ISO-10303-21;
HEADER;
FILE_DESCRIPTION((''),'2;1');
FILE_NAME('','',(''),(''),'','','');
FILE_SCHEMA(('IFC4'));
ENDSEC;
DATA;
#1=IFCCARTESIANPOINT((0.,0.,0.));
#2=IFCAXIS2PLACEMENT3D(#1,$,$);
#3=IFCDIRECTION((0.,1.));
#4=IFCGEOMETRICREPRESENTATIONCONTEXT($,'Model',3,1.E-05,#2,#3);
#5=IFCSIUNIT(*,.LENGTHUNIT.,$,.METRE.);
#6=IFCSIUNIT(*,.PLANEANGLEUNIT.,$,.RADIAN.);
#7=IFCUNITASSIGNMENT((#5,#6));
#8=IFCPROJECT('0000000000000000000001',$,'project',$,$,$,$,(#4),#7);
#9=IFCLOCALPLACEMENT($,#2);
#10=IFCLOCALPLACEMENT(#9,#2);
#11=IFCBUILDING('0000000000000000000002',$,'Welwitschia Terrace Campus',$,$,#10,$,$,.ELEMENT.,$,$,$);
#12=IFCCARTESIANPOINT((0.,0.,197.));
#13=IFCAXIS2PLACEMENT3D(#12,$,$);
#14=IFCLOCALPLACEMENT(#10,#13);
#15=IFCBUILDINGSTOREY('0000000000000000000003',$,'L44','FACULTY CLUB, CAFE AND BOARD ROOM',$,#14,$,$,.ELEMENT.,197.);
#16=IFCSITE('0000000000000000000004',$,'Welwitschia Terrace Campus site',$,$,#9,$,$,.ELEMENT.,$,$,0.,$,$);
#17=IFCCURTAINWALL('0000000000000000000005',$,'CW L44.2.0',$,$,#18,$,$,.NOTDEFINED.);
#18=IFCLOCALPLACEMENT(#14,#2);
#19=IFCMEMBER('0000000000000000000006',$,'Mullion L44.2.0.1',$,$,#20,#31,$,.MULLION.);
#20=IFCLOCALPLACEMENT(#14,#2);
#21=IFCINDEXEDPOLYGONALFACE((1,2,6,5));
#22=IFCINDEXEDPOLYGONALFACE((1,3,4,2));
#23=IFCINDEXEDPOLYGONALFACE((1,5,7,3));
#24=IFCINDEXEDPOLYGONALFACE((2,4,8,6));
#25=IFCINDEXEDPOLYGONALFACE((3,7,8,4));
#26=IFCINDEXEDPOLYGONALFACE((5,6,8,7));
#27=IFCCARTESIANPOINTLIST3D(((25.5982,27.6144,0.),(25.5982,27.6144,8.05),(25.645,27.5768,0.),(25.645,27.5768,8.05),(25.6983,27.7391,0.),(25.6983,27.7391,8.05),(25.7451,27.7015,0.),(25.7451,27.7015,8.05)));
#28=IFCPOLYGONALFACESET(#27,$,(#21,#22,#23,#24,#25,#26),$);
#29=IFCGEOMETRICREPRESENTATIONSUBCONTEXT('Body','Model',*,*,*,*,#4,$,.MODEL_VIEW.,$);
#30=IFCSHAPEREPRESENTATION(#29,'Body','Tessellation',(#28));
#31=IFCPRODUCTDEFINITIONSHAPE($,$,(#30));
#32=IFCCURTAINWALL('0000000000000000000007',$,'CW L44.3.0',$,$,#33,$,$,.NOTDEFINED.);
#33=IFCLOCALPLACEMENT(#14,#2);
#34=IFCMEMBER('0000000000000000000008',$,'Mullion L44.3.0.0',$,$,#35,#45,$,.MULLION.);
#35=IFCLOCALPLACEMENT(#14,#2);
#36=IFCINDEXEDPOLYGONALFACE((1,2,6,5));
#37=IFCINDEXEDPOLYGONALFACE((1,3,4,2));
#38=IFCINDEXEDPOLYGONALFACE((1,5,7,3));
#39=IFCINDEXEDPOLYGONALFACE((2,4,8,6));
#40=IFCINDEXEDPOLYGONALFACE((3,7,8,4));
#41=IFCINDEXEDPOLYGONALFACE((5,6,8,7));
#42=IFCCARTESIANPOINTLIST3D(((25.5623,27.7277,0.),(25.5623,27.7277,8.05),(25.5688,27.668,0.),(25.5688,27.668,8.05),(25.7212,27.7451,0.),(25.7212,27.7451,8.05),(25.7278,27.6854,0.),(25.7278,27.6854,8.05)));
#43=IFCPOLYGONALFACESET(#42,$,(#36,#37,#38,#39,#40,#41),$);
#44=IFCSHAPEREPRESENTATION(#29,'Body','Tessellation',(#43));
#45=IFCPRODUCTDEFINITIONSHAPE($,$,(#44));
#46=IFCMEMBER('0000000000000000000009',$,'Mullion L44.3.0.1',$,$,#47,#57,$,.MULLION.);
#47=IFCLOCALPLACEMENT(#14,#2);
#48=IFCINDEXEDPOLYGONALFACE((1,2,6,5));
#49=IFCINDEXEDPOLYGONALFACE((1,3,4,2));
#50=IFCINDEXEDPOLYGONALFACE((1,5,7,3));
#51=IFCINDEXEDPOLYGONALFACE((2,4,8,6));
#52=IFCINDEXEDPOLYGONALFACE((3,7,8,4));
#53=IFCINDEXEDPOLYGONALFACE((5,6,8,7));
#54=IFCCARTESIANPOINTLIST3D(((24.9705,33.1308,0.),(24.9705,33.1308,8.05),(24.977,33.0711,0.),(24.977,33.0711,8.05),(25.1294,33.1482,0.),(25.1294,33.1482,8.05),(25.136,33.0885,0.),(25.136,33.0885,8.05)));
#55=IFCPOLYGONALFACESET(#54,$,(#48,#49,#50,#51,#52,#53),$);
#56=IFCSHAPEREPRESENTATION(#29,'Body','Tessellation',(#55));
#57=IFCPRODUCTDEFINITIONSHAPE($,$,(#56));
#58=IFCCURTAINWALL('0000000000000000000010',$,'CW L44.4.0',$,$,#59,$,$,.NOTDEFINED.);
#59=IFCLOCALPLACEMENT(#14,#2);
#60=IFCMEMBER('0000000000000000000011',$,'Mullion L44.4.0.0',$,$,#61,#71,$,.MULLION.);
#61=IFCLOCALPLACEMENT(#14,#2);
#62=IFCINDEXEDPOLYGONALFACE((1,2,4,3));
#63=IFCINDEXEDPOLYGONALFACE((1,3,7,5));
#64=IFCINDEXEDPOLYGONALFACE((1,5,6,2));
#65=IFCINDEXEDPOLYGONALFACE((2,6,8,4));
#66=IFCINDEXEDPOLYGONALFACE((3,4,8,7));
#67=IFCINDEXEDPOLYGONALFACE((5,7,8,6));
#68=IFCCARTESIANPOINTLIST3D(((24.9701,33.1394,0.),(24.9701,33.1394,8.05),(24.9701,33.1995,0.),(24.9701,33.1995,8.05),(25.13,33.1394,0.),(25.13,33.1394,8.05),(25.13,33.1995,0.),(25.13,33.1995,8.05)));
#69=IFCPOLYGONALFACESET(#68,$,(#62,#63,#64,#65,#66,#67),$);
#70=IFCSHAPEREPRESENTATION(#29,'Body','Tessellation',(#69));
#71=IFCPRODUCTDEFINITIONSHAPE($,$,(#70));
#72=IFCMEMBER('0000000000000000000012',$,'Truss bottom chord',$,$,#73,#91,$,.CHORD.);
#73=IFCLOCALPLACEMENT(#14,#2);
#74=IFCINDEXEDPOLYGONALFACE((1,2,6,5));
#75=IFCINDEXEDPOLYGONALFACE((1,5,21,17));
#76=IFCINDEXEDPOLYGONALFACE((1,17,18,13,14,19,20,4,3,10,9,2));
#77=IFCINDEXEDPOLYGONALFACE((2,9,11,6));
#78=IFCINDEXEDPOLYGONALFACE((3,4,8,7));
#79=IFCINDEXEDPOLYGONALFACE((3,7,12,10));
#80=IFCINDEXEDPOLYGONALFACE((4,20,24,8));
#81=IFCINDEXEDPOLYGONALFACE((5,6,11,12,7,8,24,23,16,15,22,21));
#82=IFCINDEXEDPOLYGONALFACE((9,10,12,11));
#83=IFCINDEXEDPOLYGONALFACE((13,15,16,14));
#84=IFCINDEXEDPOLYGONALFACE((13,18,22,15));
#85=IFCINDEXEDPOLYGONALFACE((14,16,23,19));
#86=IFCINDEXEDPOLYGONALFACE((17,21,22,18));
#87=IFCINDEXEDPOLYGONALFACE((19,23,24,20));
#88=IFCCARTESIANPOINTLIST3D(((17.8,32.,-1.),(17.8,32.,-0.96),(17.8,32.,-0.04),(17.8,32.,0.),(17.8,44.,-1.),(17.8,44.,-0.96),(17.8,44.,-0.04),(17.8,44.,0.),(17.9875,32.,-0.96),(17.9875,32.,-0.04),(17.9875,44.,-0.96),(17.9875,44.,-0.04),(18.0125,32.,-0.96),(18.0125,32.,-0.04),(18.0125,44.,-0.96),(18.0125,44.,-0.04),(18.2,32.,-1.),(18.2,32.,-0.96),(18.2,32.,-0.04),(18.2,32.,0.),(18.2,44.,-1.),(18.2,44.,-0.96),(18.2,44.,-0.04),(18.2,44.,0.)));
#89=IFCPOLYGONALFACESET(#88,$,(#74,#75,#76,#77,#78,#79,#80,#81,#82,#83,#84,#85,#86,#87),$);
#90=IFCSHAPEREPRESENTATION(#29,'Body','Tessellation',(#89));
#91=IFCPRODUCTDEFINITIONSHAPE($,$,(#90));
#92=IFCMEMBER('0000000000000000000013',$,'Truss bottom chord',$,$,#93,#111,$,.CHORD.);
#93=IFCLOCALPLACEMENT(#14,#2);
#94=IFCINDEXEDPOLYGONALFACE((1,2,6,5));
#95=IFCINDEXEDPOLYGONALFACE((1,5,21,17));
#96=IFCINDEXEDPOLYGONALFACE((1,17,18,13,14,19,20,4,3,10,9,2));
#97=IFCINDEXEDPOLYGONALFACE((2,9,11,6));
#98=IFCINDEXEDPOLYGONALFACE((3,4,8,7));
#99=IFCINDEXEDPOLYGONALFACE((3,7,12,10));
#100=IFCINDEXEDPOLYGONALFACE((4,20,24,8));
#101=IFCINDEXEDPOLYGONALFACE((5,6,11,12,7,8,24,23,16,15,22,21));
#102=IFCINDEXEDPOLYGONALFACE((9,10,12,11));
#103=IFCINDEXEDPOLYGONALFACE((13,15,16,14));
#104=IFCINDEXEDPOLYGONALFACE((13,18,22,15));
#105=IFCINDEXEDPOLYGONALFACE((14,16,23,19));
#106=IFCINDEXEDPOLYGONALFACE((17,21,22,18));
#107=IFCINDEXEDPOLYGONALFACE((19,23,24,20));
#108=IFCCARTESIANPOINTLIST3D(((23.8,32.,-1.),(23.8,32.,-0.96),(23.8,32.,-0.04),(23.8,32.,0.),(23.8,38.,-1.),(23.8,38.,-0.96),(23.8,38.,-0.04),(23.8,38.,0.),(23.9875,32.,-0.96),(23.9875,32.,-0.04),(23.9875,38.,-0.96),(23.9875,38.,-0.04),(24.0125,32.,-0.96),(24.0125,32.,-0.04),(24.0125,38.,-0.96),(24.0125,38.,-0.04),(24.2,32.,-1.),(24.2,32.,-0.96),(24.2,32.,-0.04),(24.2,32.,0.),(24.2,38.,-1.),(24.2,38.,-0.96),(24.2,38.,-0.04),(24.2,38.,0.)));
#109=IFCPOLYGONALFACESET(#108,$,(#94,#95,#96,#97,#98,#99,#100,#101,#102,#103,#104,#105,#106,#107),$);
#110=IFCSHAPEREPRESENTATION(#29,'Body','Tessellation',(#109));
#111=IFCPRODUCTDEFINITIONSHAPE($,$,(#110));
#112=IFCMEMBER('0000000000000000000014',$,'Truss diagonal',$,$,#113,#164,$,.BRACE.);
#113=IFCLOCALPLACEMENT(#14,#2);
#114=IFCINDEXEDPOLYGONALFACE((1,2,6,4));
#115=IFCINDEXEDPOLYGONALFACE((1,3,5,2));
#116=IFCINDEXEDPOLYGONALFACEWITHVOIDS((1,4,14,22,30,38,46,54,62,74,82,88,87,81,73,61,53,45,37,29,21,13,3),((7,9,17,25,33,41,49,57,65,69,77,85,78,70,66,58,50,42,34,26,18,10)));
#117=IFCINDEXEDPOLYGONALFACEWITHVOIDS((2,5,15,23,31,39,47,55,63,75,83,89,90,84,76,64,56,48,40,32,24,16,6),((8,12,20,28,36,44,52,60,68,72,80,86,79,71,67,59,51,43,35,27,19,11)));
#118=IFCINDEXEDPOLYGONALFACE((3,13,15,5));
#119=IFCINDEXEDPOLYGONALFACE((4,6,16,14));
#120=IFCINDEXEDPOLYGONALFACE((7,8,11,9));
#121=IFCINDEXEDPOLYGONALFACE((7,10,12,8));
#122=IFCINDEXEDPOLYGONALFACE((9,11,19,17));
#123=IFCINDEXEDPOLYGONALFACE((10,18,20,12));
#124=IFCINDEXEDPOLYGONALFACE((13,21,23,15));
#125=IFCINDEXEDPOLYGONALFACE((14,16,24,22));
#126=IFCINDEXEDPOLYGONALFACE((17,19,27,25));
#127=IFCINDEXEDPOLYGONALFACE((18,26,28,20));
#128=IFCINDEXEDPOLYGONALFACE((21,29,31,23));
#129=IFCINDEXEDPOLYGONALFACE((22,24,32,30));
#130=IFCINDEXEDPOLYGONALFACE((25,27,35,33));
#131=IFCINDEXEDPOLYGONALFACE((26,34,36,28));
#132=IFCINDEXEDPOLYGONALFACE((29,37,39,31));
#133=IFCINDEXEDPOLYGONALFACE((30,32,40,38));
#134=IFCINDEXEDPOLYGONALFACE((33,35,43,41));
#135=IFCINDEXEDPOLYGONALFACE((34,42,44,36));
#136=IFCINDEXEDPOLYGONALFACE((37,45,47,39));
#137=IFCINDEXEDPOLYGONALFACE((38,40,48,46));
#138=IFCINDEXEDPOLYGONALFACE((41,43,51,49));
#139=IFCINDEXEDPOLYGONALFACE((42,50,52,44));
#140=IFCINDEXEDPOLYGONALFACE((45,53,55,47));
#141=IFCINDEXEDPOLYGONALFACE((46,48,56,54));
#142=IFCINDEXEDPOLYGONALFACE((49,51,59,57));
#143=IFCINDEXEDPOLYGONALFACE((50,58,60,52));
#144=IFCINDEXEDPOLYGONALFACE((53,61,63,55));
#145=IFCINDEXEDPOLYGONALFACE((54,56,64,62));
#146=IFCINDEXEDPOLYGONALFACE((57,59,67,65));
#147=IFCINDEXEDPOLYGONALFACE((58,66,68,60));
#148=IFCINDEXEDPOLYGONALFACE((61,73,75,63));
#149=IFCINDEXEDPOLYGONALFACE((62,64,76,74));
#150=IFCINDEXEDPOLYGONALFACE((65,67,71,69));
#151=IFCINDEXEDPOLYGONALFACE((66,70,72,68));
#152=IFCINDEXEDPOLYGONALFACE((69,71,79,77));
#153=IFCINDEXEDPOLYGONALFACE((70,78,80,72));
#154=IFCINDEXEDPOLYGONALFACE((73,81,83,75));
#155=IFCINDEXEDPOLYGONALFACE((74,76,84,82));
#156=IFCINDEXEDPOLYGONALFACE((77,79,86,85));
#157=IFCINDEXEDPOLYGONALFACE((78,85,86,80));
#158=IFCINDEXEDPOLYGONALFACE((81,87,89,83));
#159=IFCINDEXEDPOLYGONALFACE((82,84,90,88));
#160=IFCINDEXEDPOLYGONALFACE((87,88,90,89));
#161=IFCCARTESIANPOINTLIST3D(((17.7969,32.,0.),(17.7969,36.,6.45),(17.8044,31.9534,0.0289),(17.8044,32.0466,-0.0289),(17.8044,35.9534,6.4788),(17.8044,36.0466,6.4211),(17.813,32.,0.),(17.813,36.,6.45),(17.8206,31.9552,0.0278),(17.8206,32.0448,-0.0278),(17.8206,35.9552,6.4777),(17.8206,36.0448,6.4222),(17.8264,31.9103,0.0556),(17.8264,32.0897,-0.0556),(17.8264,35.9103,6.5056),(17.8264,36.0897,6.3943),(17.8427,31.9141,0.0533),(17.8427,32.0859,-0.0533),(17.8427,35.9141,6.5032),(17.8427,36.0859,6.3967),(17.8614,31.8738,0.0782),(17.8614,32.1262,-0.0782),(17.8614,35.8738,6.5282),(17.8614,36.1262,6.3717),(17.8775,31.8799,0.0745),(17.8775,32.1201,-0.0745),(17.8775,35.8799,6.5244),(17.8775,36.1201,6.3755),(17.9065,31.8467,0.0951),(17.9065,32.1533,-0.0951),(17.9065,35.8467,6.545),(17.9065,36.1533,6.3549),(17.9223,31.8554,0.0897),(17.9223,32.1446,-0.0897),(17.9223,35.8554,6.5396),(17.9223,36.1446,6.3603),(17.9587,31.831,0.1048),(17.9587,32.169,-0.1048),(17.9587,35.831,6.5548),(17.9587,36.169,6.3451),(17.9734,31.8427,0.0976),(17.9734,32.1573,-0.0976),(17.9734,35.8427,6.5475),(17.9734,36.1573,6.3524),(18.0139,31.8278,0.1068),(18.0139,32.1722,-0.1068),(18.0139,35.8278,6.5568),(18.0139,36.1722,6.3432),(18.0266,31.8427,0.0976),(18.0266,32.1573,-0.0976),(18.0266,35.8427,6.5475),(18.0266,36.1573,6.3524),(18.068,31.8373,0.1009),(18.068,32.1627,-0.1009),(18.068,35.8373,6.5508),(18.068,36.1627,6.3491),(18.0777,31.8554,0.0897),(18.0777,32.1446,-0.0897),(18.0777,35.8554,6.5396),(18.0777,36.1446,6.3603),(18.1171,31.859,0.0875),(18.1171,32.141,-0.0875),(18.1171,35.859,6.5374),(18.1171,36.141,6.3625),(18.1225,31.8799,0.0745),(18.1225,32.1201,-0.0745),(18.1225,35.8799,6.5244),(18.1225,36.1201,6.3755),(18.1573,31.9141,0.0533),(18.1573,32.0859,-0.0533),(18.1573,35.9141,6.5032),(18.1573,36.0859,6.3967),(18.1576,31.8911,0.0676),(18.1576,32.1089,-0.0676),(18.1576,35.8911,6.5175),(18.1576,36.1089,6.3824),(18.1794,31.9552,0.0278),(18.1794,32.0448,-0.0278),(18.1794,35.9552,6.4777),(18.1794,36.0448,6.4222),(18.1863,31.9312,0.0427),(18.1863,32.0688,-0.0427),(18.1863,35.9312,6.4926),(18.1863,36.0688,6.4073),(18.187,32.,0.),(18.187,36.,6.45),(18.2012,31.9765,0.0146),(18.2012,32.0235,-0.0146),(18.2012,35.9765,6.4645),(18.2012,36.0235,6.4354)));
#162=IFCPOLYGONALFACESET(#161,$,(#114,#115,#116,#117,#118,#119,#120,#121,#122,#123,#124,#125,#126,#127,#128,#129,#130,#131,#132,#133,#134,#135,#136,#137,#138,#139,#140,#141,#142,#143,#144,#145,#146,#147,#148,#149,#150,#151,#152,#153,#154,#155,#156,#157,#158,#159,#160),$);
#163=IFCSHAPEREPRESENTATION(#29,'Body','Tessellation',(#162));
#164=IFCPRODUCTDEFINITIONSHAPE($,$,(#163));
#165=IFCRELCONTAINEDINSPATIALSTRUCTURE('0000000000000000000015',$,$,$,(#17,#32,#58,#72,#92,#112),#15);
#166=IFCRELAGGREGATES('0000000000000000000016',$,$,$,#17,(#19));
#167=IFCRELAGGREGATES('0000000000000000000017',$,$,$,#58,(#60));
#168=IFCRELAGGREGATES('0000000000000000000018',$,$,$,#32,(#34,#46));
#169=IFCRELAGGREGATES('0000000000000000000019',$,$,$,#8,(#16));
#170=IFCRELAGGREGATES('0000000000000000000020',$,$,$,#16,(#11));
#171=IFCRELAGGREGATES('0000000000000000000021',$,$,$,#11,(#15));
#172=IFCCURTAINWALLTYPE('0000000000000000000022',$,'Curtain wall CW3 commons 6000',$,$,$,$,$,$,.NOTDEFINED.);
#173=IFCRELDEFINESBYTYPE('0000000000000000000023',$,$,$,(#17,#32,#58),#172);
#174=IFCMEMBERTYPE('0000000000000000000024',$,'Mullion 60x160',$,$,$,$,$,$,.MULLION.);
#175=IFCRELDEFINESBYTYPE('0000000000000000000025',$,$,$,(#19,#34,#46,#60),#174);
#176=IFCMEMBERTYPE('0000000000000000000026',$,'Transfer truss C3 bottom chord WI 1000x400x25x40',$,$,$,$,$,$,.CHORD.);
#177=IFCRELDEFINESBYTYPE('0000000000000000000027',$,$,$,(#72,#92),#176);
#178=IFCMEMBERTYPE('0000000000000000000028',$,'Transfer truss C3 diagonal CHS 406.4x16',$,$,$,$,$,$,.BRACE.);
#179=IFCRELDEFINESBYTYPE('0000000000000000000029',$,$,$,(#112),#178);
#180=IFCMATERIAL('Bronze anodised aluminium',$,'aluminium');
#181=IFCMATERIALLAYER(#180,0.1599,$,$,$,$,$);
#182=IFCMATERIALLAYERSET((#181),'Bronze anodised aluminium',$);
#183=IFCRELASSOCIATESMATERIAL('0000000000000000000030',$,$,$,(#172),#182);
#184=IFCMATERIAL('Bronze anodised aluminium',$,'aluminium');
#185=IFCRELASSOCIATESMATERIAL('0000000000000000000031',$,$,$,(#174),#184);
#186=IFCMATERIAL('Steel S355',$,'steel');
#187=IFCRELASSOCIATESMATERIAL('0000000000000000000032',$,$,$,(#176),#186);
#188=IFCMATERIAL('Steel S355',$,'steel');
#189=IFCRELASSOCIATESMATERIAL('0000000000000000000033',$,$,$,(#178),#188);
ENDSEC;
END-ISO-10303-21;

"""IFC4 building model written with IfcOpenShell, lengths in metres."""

from ifc_helpers import new_model, si_unit, direction, frame, origin, origin_2d, place, context, subcontext, project, spatial, rectangle, hollow_circle, i_section, extrude, material, layer, layer_set, material_profile, profile_set, type_object, element, aggregate, save


model = new_model("IFC4")

# Units and contexts
model_context = context("Model", 3, precision=1e-05, world=origin(), true_north=direction((0.0, 1.0)))
body_context = subcontext(model_context, "Body", "Model", "MODEL_VIEW")
ifc_project = project(units=[si_unit("LENGTHUNIT", "METRE"), si_unit("PLANEANGLEUNIT", "RADIAN")], contexts=[model_context])

# Site, building, storey
site_placement = place(None, origin())
site = spatial("IfcSite", under=ifc_project, at=site_placement, Name="Welwitschia Terrace Campus site", CompositionType="ELEMENT", RefElevation=0.0)
building_placement = place(site_placement, origin())
building = spatial("IfcBuilding", under=site, at=building_placement, Name="Welwitschia Terrace Campus", CompositionType="ELEMENT")
storey_placement = place(building_placement, frame((0.0, 0.0, 197.0)))
storey = spatial("IfcBuildingStorey", under=building, at=storey_placement, Name="L44", Description="FACULTY CLUB, CAFE AND BOARD ROOM", CompositionType="ELEMENT", Elevation=197.0)

# Curtain wall, member
ifc_material_1 = material(Name="Bronze anodised aluminium", Category="aluminium")
ifc_layer_1 = layer(ifc_material_1, 0.1599)
ifc_layer_set_1 = layer_set([ifc_layer_1], Name="Bronze anodised aluminium")
curtain_wall_type = type_object("IfcCurtainWallType", Name="Curtain wall CW3 commons 6000", PredefinedType="NOTDEFINED", material=ifc_layer_set_1)
curtain_wall_1_placement = place(storey_placement, origin())
curtain_wall_1 = element("IfcCurtainWall", 1, at=curtain_wall_1_placement, inside=storey, type_object=curtain_wall_type, Name="CW L44.2.0", PredefinedType="NOTDEFINED")
ifc_material_2 = material(Name="Bronze anodised aluminium", Category="aluminium")
ifc_material_profile_1 = material_profile(ifc_material_2, rectangle(XDim=0.1599, YDim=0.0601, at=origin_2d()))
ifc_profile_set_1 = profile_set([ifc_material_profile_1], Name="Bronze anodised aluminium")
member_type_1 = type_object("IfcMemberType", Name="Mullion 60x160", PredefinedType="MULLION", material=ifc_profile_set_1)
member_1_placement = place(storey_placement, frame((25.6716, 27.658, 0.0), z_axis=(0.0, 0.0, 1.0), x_axis=(-0.625923, -0.779884, 0.0)))
member_1 = element("IfcMember", 2, at=member_1_placement, type_object=member_type_1, Name="Mullion L44.2.0.1", PredefinedType="MULLION", context=body_context, shape_type="SweptSolid", body=[
    extrude(rectangle(XDim=0.1599, YDim=0.0601, at=origin_2d()), origin(), (0.0, 0.0, 1.0), 8.05),
])
aggregate(curtain_wall_1, [member_1])

# Curtain wall, members
curtain_wall_2_placement = place(storey_placement, origin())
curtain_wall_2 = element("IfcCurtainWall", 3, at=curtain_wall_2_placement, inside=storey, type_object=curtain_wall_type, Name="CW L44.3.0", PredefinedType="NOTDEFINED")
member_2_placement = place(storey_placement, frame((25.645, 27.7065, 0.0), z_axis=(0.0, 0.0, 1.0), x_axis=(-0.994056, -0.108867, 0.0)))
member_2 = element("IfcMember", 4, at=member_2_placement, type_object=member_type_1, Name="Mullion L44.3.0.0", PredefinedType="MULLION", context=body_context, shape_type="SweptSolid", body=[
    extrude(rectangle(XDim=0.1599, YDim=0.0601, at=origin_2d()), origin(), (0.0, 0.0, 1.0), 8.05),
])
member_3_placement = place(storey_placement, frame((25.0532, 33.1096, 0.0), z_axis=(0.0, 0.0, 1.0), x_axis=(-0.994056, -0.108867, 0.0)))
member_3 = element("IfcMember", 5, at=member_3_placement, type_object=member_type_1, Name="Mullion L44.3.0.1", PredefinedType="MULLION", context=body_context, shape_type="SweptSolid", body=[
    extrude(rectangle(XDim=0.1599, YDim=0.0601, at=origin_2d()), origin(), (0.0, 0.0, 1.0), 8.05),
])

# Curtain wall, member
curtain_wall_3_placement = place(storey_placement, origin())
curtain_wall_3 = element("IfcCurtainWall", 6, at=curtain_wall_3_placement, inside=storey, type_object=curtain_wall_type, Name="CW L44.4.0", PredefinedType="NOTDEFINED")
member_4_placement = place(storey_placement, frame((25.05, 33.1694, 0.0), z_axis=(0.0, 0.0, 1.0), x_axis=(-1.0, 0.0, 0.0)))
member_4 = element("IfcMember", 7, at=member_4_placement, type_object=member_type_1, Name="Mullion L44.4.0.0", PredefinedType="MULLION", context=body_context, shape_type="SweptSolid", body=[
    extrude(rectangle(XDim=0.1599, YDim=0.0601, at=origin_2d()), origin(), (0.0, 0.0, 1.0), 8.05),
])

# Members
ifc_material_3 = material(Name="Steel S355", Category="steel")
ifc_material_profile_2 = material_profile(ifc_material_3, i_section(OverallWidth=0.3999, OverallDepth=1.0, WebThickness=0.0249, FlangeThickness=0.04, at=origin_2d()))
ifc_profile_set_2 = profile_set([ifc_material_profile_2], Name="Steel S355")
member_type_2 = type_object("IfcMemberType", Name="Transfer truss C3 bottom chord WI 1000x400x25x40", PredefinedType="CHORD", material=ifc_profile_set_2)
member_5_placement = place(storey_placement, frame((18.0, 32.0, -0.5), z_axis=(0.0, 1.0, 0.0), x_axis=(-1.0, 0.0, 0.0)))
element("IfcMember", 8, at=member_5_placement, inside=storey, type_object=member_type_2, Name="Truss bottom chord", PredefinedType="CHORD", context=body_context, shape_type="SweptSolid", body=[
    extrude(i_section(OverallWidth=0.3999, OverallDepth=1.0, WebThickness=0.0249, FlangeThickness=0.04, at=origin_2d()), origin(), (0.0, 0.0, 1.0), 12.0),
])
member_6_placement = place(storey_placement, frame((24.0, 32.0, -0.5), z_axis=(0.0, 1.0, 0.0), x_axis=(-1.0, 0.0, 0.0)))
element("IfcMember", 9, at=member_6_placement, inside=storey, type_object=member_type_2, Name="Truss bottom chord", PredefinedType="CHORD", context=body_context, shape_type="SweptSolid", body=[
    extrude(i_section(OverallWidth=0.3999, OverallDepth=1.0, WebThickness=0.0249, FlangeThickness=0.04, at=origin_2d()), origin(), (0.0, 0.0, 1.0), 6.0),
])
ifc_material_4 = material(Name="Steel S355", Category="steel")
ifc_material_profile_3 = material_profile(ifc_material_4, hollow_circle(Radius=0.2031, WallThickness=0.0161, at=origin_2d()))
ifc_profile_set_3 = profile_set([ifc_material_profile_3], Name="Steel S355")
member_type_3 = type_object("IfcMemberType", Name="Transfer truss C3 diagonal CHS 406.4x16", PredefinedType="BRACE", material=ifc_profile_set_3)
member_7_placement = place(storey_placement, frame((18.0, 32.0, 0.0), z_axis=(0.0, 0.527038, 0.849842), x_axis=(-1.0, 0.0, 0.0)))
element("IfcMember", 10, at=member_7_placement, inside=storey, type_object=member_type_3, Name="Truss diagonal", PredefinedType="BRACE", context=body_context, shape_type="SweptSolid", body=[
    extrude(hollow_circle(Radius=0.2031, WallThickness=0.0161, at=origin_2d()), origin(), (0.0, 0.0, 1.0), 7.5896),
])

aggregate(curtain_wall_3, [member_4])

aggregate(curtain_wall_2, [member_2, member_3])

save(model, "model.ifc")
